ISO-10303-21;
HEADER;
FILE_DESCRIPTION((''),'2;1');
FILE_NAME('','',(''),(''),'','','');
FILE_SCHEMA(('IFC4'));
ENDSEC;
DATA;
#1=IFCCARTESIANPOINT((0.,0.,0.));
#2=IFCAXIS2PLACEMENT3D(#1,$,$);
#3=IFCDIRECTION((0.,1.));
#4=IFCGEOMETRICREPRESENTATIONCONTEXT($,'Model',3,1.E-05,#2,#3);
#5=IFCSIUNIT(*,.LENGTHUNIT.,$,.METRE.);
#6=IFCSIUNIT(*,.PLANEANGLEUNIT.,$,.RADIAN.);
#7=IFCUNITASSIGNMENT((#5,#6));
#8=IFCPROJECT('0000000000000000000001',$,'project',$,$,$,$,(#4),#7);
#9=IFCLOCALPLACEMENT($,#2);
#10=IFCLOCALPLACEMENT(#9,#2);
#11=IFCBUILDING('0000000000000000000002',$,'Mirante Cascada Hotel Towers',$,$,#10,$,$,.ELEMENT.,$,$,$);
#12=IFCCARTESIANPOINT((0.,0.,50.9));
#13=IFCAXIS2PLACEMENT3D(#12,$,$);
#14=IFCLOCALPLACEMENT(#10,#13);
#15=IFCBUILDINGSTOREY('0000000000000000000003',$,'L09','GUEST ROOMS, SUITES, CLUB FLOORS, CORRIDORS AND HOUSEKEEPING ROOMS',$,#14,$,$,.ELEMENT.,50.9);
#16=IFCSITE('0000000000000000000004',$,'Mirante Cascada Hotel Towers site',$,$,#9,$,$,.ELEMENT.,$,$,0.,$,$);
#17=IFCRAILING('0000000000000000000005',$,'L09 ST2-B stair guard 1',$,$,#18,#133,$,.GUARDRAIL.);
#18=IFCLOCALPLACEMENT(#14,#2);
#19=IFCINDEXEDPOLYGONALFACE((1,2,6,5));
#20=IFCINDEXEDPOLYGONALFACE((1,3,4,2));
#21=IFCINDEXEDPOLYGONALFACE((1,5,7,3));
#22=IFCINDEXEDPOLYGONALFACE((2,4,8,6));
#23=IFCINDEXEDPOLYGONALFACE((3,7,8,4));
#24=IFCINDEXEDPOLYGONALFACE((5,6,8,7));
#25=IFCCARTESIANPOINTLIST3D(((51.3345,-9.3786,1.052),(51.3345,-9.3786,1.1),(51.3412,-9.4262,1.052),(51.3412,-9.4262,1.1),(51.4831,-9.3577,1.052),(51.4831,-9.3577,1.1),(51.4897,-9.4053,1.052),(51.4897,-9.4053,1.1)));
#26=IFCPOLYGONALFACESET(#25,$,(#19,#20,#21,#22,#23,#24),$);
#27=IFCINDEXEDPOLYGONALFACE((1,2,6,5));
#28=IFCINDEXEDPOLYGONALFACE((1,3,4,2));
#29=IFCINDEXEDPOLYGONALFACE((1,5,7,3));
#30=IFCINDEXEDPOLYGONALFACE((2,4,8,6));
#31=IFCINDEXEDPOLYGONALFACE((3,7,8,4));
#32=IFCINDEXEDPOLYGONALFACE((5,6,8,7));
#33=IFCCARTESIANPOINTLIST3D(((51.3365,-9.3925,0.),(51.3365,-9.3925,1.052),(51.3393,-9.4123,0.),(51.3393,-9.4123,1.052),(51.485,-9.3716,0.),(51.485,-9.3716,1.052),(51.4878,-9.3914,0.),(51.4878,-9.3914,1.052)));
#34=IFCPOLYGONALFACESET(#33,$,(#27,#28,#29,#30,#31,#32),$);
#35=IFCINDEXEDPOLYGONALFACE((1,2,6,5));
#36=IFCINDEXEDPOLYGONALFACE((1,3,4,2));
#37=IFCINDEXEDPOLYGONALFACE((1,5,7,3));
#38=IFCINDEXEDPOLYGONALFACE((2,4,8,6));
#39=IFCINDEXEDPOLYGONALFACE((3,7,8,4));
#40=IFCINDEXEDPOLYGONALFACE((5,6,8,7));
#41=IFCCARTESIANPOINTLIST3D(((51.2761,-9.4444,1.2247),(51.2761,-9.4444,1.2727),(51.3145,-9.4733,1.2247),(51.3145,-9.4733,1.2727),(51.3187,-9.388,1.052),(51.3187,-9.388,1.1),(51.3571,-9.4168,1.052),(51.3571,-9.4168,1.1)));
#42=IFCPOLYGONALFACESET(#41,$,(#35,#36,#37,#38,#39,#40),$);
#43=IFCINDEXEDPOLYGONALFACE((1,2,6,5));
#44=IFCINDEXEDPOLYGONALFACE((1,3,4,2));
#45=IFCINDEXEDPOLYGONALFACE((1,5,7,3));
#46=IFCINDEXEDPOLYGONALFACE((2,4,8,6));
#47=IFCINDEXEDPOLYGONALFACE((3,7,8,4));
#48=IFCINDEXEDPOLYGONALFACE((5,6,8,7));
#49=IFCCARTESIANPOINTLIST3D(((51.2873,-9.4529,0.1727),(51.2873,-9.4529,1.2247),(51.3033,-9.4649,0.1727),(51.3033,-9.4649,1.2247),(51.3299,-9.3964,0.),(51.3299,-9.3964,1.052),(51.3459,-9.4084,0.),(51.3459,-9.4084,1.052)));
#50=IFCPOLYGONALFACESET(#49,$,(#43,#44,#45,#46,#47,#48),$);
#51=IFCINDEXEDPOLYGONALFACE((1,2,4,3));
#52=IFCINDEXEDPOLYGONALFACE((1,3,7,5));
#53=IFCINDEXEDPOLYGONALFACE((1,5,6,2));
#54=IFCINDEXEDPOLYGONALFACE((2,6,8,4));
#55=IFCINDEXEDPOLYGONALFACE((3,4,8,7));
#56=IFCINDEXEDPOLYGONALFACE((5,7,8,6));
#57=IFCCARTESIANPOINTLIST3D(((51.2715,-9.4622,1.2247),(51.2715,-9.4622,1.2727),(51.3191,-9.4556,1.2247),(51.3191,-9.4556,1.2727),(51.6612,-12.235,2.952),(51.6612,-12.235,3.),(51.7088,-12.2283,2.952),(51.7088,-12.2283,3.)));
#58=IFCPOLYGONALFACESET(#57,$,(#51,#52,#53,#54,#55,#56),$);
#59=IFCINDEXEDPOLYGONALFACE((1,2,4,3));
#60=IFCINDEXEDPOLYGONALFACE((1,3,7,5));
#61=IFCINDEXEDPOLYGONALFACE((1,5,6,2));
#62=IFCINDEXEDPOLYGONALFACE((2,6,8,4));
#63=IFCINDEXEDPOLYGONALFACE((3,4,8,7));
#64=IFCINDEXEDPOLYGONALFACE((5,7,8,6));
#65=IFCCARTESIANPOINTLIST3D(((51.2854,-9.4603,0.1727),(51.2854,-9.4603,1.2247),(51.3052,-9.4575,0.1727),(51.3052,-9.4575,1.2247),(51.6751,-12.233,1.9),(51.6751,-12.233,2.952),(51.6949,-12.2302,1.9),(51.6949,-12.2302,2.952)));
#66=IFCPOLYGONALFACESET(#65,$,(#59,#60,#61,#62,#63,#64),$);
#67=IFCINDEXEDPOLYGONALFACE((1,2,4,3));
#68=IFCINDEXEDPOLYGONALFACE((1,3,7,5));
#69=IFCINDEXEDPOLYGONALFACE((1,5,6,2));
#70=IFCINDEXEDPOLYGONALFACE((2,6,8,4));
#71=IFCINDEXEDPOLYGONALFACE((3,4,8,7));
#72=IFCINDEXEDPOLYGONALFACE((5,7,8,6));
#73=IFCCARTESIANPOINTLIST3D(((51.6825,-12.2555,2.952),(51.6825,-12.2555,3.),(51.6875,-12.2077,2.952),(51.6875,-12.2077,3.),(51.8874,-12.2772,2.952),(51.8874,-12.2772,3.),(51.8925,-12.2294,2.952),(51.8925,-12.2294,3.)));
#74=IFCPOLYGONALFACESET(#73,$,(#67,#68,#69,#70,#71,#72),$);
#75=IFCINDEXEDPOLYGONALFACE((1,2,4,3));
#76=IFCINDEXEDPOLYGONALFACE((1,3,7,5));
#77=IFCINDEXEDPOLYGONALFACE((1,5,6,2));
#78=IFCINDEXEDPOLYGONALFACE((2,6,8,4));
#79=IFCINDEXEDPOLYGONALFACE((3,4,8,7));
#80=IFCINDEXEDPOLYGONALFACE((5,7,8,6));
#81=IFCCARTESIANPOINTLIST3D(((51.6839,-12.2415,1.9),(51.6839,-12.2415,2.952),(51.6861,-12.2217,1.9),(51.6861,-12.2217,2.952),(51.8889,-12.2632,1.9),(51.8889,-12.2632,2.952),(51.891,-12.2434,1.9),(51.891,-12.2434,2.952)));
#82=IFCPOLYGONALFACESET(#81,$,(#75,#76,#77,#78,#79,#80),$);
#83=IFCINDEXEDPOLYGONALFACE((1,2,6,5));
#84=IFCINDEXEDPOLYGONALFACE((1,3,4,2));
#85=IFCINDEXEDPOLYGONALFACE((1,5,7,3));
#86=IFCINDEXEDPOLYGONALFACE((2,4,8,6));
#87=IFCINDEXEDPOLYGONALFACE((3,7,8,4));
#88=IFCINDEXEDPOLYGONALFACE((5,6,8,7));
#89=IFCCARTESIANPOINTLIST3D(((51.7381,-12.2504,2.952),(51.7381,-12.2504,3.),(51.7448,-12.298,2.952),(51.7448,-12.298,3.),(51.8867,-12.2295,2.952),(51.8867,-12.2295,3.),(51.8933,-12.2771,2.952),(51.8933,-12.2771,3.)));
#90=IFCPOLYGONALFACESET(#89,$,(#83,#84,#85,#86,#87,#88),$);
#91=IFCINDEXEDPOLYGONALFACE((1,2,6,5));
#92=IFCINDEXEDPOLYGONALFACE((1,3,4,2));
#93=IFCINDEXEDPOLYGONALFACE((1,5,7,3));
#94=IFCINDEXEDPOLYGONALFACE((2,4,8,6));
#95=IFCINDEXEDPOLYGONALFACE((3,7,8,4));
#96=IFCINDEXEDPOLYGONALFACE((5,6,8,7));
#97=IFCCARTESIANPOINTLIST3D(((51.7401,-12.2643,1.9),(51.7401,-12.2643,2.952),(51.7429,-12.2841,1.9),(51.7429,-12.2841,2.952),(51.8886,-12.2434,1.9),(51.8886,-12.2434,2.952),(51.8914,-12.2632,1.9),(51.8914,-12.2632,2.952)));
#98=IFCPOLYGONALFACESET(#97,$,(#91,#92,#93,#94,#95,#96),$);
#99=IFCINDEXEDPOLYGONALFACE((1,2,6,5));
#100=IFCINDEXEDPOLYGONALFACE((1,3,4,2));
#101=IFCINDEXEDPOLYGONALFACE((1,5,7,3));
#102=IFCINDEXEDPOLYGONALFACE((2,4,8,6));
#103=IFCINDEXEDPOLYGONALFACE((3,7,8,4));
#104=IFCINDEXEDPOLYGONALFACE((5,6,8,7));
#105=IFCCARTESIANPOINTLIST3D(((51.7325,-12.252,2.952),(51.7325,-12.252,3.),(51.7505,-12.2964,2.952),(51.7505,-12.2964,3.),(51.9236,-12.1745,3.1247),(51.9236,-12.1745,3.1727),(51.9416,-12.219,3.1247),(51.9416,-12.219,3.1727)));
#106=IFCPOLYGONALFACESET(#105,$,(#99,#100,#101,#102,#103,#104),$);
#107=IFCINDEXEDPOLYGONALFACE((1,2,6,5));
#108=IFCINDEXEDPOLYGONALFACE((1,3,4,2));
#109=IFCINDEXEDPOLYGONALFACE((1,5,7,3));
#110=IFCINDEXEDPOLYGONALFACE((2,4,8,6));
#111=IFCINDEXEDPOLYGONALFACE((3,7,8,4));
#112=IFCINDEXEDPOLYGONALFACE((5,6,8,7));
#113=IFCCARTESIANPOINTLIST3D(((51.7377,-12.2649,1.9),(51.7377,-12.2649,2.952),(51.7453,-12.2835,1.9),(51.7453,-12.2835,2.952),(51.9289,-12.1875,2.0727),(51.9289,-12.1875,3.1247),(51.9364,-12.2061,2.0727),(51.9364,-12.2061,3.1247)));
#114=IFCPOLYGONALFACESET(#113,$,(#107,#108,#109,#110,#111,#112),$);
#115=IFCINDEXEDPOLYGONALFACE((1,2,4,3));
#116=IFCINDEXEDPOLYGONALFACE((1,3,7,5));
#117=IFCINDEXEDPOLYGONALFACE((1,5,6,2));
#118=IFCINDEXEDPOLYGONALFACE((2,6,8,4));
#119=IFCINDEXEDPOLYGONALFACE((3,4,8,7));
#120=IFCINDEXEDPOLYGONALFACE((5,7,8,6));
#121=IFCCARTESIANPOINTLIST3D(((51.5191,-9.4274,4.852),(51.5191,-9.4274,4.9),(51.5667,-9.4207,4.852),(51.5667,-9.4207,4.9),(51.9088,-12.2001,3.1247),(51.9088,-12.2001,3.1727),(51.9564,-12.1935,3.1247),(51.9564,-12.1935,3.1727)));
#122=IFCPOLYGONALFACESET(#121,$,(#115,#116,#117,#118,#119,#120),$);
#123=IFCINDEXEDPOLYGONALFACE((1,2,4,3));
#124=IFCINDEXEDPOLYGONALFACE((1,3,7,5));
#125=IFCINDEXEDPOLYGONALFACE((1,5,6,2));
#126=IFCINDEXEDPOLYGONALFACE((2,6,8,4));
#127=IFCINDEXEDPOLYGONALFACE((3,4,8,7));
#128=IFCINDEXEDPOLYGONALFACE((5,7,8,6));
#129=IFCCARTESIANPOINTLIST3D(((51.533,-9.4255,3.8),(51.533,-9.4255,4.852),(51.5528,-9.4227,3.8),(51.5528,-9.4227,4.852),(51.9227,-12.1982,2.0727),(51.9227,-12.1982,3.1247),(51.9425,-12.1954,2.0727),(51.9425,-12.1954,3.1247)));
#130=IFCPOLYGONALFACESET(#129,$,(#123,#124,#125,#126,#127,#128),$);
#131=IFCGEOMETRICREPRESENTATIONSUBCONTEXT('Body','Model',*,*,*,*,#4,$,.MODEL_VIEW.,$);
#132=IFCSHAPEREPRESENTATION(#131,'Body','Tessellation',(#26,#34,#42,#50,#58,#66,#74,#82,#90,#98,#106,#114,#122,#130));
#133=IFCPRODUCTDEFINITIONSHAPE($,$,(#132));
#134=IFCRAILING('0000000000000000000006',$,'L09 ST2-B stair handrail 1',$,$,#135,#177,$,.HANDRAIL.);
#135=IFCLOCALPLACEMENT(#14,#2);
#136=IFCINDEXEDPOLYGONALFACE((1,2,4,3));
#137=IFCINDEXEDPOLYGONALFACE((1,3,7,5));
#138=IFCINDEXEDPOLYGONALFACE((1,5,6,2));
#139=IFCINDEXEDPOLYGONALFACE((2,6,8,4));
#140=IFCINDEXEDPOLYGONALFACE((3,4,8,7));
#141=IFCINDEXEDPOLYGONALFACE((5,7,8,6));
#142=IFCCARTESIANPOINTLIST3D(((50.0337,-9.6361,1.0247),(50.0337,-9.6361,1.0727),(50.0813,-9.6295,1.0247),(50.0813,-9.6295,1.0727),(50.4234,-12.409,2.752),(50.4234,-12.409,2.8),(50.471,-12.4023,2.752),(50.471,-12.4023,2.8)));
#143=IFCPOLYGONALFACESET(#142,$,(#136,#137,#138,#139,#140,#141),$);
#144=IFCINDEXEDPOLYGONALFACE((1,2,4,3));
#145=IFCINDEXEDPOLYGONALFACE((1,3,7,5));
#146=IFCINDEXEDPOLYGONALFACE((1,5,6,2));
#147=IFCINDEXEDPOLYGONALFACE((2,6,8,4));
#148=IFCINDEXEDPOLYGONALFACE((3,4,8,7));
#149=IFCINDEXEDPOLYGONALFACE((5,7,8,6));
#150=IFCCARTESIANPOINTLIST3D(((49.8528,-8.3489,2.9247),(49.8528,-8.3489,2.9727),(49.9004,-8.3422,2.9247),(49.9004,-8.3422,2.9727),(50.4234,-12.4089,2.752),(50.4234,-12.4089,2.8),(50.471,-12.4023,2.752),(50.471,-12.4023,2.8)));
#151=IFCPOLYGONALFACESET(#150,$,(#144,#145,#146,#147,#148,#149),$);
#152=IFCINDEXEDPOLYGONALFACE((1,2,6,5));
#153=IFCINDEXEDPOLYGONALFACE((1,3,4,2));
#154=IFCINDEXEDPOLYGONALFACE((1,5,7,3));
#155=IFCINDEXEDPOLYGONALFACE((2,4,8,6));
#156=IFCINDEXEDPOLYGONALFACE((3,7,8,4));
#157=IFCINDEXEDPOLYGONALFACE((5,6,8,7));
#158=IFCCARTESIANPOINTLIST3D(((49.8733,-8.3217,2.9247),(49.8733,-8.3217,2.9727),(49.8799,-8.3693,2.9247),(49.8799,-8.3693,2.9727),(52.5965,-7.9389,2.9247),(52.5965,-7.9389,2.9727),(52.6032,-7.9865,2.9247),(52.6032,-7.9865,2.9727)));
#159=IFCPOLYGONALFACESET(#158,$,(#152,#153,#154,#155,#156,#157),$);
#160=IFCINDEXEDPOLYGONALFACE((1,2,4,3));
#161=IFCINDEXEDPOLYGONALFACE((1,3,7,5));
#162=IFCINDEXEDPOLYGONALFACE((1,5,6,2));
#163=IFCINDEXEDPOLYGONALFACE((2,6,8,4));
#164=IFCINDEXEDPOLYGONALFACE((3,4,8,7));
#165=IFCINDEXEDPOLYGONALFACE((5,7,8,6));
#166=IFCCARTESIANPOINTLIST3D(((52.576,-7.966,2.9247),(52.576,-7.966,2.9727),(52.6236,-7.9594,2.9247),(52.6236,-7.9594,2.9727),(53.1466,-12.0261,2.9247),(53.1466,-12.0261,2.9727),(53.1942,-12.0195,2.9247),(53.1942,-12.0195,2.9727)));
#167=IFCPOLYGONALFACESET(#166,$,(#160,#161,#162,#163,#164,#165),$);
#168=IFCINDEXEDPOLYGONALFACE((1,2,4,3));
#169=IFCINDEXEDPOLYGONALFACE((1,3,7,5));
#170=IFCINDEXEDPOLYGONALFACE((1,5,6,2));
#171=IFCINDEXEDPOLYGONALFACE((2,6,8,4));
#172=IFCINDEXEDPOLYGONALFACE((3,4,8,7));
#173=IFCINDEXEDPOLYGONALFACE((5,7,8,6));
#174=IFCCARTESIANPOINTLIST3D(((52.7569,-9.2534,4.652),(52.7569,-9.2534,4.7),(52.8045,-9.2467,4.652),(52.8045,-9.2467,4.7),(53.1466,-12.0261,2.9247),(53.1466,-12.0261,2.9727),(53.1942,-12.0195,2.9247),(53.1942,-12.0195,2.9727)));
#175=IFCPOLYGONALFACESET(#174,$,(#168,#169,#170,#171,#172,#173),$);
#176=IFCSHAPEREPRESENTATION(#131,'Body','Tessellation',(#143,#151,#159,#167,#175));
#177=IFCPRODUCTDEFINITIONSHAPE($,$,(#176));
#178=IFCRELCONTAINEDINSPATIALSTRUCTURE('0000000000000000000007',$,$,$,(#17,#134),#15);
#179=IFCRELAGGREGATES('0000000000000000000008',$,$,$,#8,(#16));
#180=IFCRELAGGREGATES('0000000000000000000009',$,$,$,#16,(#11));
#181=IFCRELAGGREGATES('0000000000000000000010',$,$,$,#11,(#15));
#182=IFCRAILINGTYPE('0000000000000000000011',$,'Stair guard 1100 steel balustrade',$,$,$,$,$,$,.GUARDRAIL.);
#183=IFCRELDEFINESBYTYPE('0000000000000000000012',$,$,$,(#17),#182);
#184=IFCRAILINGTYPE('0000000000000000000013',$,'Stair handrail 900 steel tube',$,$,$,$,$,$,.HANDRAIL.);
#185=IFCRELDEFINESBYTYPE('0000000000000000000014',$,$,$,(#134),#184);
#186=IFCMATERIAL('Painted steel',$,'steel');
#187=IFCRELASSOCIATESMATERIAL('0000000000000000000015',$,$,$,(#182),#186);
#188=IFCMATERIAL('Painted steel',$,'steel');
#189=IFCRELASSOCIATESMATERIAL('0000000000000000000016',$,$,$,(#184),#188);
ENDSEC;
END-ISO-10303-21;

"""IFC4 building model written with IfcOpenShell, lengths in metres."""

from ifc_helpers import new_model, si_unit, direction, frame, origin, origin_2d, place, context, subcontext, project, spatial, rectangle, extrude, material, type_object, element, save


model = new_model("IFC4")

# Units and contexts
model_context = context("Model", 3, precision=1e-05, world=origin(), true_north=direction((0.0, 1.0)))
body_context = subcontext(model_context, "Body", "Model", "MODEL_VIEW")
ifc_project = project(units=[si_unit("LENGTHUNIT", "METRE"), si_unit("PLANEANGLEUNIT", "RADIAN")], contexts=[model_context])

# Site, building, storey
site_placement = place(None, origin())
site = spatial("IfcSite", under=ifc_project, at=site_placement, Name="Mirante Cascada Hotel Towers site", CompositionType="ELEMENT", RefElevation=0.0)
building_placement = place(site_placement, origin())
building = spatial("IfcBuilding", under=site, at=building_placement, Name="Mirante Cascada Hotel Towers", CompositionType="ELEMENT")
storey_placement = place(building_placement, frame((0.0, 0.0, 50.9)))
storey = spatial("IfcBuildingStorey", under=building, at=storey_placement, Name="L09", Description="GUEST ROOMS, SUITES, CLUB FLOORS, CORRIDORS AND HOUSEKEEPING ROOMS", CompositionType="ELEMENT", Elevation=50.9)

# Railings
ifc_material_1 = material(Name="Painted steel", Category="steel")
railing_type_1 = type_object("IfcRailingType", Name="Stair guard 1100 steel balustrade", PredefinedType="GUARDRAIL", material=ifc_material_1)
railing_1_placement = place(storey_placement, frame((51.4864, -9.3815, 0.0)))
element("IfcRailing", 1, at=railing_1_placement, inside=storey, type_object=railing_type_1, Name="L09 ST2-B stair guard 1", PredefinedType="GUARDRAIL", context=body_context, shape_type="SweptSolid", body=[
    extrude(rectangle(XDim=0.048, YDim=0.048, at=origin_2d()), frame((0.0, 0.0, 1.076), z_axis=(-0.990241, -0.139367, 0.0), x_axis=(0.139367, -0.990241, 0.0)), (0.0, 0.0, 1.0), 0.15),
    extrude(rectangle(XDim=0.02, YDim=1.052, at=origin_2d()), frame((0.0, 0.0, 0.526), z_axis=(-0.990241, -0.139367, 0.0), x_axis=(0.139367, -0.990241, 0.0)), (0.0, 0.0, 1.0), 0.15),
    extrude(rectangle(XDim=0.048, YDim=0.048, at=origin_2d()), frame((-0.1485, -0.0209, 1.076), z_axis=(-0.602033, -0.798471, 0.0), x_axis=(0.798471, -0.602033, 0.0)), (0.0, 0.92534, 0.379139), 0.1866),
    extrude(rectangle(XDim=0.02, YDim=1.052, at=origin_2d()), frame((-0.1485, -0.0209, 0.526), z_axis=(-0.602033, -0.798471, 0.0), x_axis=(0.798471, -0.602033, 0.0)), (0.0, 0.92534, 0.379139), 0.1866),
    extrude(rectangle(XDim=0.048, YDim=0.048, at=origin_2d()), frame((-0.1911, -0.0774, 1.2487), z_axis=(0.139181, -0.990267, 0.0), x_axis=(0.990267, 0.139181, 0.0)), (0.0, 0.525035, 0.851081), 3.2899),
    extrude(rectangle(XDim=0.02, YDim=1.052, at=origin_2d()), frame((-0.1911, -0.0774, 0.6987), z_axis=(0.139181, -0.990267, 0.0), x_axis=(0.990267, 0.139181, 0.0)), (0.0, 0.525035, 0.851081), 3.2899),
    extrude(rectangle(XDim=0.048, YDim=0.048, at=origin_2d()), frame((0.1986, -2.8501, 2.976), z_axis=(0.994444, -0.105266, 0.0), x_axis=(0.105266, 0.994444, 0.0)), (0.0, 0.0, 1.0), 0.2061),
    extrude(rectangle(XDim=0.02, YDim=1.052, at=origin_2d()), frame((0.1986, -2.8501, 2.426), z_axis=(0.994444, -0.105266, 0.0), x_axis=(0.105266, 0.994444, 0.0)), (0.0, 0.0, 1.0), 0.2061),
    extrude(rectangle(XDim=0.048, YDim=0.048, at=origin_2d()), frame((0.4036, -2.8718, 2.976), z_axis=(-0.990241, -0.139367, 0.0), x_axis=(0.139367, -0.990241, 0.0)), (0.0, 0.0, 1.0), 0.15),
    extrude(rectangle(XDim=0.02, YDim=1.052, at=origin_2d()), frame((0.4036, -2.8718, 2.426), z_axis=(-0.990241, -0.139367, 0.0), x_axis=(0.139367, -0.990241, 0.0)), (0.0, 0.0, 1.0), 0.15),
    extrude(rectangle(XDim=0.048, YDim=0.048, at=origin_2d()), frame((0.2551, -2.8927, 2.976), z_axis=(0.926862, 0.375401, 0.0), x_axis=(-0.375401, 0.926862, 0.0)), (0.0, 0.642122, 0.766603), 0.269),
    extrude(rectangle(XDim=0.02, YDim=1.052, at=origin_2d()), frame((0.2551, -2.8927, 2.426), z_axis=(0.926862, 0.375401, 0.0), x_axis=(-0.375401, 0.926862, 0.0)), (0.0, 0.642122, 0.766603), 0.269),
    extrude(rectangle(XDim=0.048, YDim=0.048, at=origin_2d()), frame((0.4462, -2.8153, 3.1487), z_axis=(-0.139181, 0.990267, 0.0), x_axis=(-0.990267, -0.139181, 0.0)), (0.0, 0.525035, 0.851081), 3.2899),
    extrude(rectangle(XDim=0.02, YDim=1.052, at=origin_2d()), frame((0.4462, -2.8153, 2.5987), z_axis=(-0.139181, 0.990267, 0.0), x_axis=(-0.990267, -0.139181, 0.0)), (0.0, 0.525035, 0.851081), 3.2899),
])
ifc_material_2 = material(Name="Painted steel", Category="steel")
railing_type_2 = type_object("IfcRailingType", Name="Stair handrail 900 steel tube", PredefinedType="HANDRAIL", material=ifc_material_2)
railing_2_placement = place(storey_placement, frame((50.0575, -9.6328, 0.1727)))
element("IfcRailing", 2, at=railing_2_placement, inside=storey, type_object=railing_type_2, Name="L09 ST2-B stair handrail 1", PredefinedType="HANDRAIL", context=body_context, shape_type="SweptSolid", body=[
    extrude(rectangle(XDim=0.048, YDim=0.048, at=origin_2d()), frame((0.0, 0.0, 0.876), z_axis=(0.139176, -0.990268, 0.0), x_axis=(0.990268, 0.139176, 0.0)), (0.0, 0.525021, 0.851089), 3.29),
    extrude(rectangle(XDim=0.048, YDim=0.048, at=origin_2d()), frame((0.3897, -2.7728, 2.6033), z_axis=(-0.139171, 0.990268, 0.0), x_axis=(-0.990268, -0.139171, 0.0)), (0.0, 0.042085, 0.999114), 4.1036),
    extrude(rectangle(XDim=0.048, YDim=0.048, at=origin_2d()), frame((-0.1809, 1.2873, 2.776), z_axis=(0.990264, 0.139201, 0.0), x_axis=(-0.139201, 0.990264, 0.0)), (0.0, 0.0, 1.0), 2.75),
    extrude(rectangle(XDim=0.048, YDim=0.048, at=origin_2d()), frame((2.5423, 1.6701, 2.776), z_axis=(0.139171, -0.990268, 0.0), x_axis=(0.990268, 0.139171, 0.0)), (0.0, 0.0, 1.0), 4.1),
    extrude(rectangle(XDim=0.048, YDim=0.048, at=origin_2d()), frame((3.1129, -2.39, 2.776), z_axis=(-0.139181, 0.990267, 0.0), x_axis=(-0.990267, -0.139181, 0.0)), (0.0, 0.525035, 0.851081), 3.2899),
])

save(model, "model.ifc")
